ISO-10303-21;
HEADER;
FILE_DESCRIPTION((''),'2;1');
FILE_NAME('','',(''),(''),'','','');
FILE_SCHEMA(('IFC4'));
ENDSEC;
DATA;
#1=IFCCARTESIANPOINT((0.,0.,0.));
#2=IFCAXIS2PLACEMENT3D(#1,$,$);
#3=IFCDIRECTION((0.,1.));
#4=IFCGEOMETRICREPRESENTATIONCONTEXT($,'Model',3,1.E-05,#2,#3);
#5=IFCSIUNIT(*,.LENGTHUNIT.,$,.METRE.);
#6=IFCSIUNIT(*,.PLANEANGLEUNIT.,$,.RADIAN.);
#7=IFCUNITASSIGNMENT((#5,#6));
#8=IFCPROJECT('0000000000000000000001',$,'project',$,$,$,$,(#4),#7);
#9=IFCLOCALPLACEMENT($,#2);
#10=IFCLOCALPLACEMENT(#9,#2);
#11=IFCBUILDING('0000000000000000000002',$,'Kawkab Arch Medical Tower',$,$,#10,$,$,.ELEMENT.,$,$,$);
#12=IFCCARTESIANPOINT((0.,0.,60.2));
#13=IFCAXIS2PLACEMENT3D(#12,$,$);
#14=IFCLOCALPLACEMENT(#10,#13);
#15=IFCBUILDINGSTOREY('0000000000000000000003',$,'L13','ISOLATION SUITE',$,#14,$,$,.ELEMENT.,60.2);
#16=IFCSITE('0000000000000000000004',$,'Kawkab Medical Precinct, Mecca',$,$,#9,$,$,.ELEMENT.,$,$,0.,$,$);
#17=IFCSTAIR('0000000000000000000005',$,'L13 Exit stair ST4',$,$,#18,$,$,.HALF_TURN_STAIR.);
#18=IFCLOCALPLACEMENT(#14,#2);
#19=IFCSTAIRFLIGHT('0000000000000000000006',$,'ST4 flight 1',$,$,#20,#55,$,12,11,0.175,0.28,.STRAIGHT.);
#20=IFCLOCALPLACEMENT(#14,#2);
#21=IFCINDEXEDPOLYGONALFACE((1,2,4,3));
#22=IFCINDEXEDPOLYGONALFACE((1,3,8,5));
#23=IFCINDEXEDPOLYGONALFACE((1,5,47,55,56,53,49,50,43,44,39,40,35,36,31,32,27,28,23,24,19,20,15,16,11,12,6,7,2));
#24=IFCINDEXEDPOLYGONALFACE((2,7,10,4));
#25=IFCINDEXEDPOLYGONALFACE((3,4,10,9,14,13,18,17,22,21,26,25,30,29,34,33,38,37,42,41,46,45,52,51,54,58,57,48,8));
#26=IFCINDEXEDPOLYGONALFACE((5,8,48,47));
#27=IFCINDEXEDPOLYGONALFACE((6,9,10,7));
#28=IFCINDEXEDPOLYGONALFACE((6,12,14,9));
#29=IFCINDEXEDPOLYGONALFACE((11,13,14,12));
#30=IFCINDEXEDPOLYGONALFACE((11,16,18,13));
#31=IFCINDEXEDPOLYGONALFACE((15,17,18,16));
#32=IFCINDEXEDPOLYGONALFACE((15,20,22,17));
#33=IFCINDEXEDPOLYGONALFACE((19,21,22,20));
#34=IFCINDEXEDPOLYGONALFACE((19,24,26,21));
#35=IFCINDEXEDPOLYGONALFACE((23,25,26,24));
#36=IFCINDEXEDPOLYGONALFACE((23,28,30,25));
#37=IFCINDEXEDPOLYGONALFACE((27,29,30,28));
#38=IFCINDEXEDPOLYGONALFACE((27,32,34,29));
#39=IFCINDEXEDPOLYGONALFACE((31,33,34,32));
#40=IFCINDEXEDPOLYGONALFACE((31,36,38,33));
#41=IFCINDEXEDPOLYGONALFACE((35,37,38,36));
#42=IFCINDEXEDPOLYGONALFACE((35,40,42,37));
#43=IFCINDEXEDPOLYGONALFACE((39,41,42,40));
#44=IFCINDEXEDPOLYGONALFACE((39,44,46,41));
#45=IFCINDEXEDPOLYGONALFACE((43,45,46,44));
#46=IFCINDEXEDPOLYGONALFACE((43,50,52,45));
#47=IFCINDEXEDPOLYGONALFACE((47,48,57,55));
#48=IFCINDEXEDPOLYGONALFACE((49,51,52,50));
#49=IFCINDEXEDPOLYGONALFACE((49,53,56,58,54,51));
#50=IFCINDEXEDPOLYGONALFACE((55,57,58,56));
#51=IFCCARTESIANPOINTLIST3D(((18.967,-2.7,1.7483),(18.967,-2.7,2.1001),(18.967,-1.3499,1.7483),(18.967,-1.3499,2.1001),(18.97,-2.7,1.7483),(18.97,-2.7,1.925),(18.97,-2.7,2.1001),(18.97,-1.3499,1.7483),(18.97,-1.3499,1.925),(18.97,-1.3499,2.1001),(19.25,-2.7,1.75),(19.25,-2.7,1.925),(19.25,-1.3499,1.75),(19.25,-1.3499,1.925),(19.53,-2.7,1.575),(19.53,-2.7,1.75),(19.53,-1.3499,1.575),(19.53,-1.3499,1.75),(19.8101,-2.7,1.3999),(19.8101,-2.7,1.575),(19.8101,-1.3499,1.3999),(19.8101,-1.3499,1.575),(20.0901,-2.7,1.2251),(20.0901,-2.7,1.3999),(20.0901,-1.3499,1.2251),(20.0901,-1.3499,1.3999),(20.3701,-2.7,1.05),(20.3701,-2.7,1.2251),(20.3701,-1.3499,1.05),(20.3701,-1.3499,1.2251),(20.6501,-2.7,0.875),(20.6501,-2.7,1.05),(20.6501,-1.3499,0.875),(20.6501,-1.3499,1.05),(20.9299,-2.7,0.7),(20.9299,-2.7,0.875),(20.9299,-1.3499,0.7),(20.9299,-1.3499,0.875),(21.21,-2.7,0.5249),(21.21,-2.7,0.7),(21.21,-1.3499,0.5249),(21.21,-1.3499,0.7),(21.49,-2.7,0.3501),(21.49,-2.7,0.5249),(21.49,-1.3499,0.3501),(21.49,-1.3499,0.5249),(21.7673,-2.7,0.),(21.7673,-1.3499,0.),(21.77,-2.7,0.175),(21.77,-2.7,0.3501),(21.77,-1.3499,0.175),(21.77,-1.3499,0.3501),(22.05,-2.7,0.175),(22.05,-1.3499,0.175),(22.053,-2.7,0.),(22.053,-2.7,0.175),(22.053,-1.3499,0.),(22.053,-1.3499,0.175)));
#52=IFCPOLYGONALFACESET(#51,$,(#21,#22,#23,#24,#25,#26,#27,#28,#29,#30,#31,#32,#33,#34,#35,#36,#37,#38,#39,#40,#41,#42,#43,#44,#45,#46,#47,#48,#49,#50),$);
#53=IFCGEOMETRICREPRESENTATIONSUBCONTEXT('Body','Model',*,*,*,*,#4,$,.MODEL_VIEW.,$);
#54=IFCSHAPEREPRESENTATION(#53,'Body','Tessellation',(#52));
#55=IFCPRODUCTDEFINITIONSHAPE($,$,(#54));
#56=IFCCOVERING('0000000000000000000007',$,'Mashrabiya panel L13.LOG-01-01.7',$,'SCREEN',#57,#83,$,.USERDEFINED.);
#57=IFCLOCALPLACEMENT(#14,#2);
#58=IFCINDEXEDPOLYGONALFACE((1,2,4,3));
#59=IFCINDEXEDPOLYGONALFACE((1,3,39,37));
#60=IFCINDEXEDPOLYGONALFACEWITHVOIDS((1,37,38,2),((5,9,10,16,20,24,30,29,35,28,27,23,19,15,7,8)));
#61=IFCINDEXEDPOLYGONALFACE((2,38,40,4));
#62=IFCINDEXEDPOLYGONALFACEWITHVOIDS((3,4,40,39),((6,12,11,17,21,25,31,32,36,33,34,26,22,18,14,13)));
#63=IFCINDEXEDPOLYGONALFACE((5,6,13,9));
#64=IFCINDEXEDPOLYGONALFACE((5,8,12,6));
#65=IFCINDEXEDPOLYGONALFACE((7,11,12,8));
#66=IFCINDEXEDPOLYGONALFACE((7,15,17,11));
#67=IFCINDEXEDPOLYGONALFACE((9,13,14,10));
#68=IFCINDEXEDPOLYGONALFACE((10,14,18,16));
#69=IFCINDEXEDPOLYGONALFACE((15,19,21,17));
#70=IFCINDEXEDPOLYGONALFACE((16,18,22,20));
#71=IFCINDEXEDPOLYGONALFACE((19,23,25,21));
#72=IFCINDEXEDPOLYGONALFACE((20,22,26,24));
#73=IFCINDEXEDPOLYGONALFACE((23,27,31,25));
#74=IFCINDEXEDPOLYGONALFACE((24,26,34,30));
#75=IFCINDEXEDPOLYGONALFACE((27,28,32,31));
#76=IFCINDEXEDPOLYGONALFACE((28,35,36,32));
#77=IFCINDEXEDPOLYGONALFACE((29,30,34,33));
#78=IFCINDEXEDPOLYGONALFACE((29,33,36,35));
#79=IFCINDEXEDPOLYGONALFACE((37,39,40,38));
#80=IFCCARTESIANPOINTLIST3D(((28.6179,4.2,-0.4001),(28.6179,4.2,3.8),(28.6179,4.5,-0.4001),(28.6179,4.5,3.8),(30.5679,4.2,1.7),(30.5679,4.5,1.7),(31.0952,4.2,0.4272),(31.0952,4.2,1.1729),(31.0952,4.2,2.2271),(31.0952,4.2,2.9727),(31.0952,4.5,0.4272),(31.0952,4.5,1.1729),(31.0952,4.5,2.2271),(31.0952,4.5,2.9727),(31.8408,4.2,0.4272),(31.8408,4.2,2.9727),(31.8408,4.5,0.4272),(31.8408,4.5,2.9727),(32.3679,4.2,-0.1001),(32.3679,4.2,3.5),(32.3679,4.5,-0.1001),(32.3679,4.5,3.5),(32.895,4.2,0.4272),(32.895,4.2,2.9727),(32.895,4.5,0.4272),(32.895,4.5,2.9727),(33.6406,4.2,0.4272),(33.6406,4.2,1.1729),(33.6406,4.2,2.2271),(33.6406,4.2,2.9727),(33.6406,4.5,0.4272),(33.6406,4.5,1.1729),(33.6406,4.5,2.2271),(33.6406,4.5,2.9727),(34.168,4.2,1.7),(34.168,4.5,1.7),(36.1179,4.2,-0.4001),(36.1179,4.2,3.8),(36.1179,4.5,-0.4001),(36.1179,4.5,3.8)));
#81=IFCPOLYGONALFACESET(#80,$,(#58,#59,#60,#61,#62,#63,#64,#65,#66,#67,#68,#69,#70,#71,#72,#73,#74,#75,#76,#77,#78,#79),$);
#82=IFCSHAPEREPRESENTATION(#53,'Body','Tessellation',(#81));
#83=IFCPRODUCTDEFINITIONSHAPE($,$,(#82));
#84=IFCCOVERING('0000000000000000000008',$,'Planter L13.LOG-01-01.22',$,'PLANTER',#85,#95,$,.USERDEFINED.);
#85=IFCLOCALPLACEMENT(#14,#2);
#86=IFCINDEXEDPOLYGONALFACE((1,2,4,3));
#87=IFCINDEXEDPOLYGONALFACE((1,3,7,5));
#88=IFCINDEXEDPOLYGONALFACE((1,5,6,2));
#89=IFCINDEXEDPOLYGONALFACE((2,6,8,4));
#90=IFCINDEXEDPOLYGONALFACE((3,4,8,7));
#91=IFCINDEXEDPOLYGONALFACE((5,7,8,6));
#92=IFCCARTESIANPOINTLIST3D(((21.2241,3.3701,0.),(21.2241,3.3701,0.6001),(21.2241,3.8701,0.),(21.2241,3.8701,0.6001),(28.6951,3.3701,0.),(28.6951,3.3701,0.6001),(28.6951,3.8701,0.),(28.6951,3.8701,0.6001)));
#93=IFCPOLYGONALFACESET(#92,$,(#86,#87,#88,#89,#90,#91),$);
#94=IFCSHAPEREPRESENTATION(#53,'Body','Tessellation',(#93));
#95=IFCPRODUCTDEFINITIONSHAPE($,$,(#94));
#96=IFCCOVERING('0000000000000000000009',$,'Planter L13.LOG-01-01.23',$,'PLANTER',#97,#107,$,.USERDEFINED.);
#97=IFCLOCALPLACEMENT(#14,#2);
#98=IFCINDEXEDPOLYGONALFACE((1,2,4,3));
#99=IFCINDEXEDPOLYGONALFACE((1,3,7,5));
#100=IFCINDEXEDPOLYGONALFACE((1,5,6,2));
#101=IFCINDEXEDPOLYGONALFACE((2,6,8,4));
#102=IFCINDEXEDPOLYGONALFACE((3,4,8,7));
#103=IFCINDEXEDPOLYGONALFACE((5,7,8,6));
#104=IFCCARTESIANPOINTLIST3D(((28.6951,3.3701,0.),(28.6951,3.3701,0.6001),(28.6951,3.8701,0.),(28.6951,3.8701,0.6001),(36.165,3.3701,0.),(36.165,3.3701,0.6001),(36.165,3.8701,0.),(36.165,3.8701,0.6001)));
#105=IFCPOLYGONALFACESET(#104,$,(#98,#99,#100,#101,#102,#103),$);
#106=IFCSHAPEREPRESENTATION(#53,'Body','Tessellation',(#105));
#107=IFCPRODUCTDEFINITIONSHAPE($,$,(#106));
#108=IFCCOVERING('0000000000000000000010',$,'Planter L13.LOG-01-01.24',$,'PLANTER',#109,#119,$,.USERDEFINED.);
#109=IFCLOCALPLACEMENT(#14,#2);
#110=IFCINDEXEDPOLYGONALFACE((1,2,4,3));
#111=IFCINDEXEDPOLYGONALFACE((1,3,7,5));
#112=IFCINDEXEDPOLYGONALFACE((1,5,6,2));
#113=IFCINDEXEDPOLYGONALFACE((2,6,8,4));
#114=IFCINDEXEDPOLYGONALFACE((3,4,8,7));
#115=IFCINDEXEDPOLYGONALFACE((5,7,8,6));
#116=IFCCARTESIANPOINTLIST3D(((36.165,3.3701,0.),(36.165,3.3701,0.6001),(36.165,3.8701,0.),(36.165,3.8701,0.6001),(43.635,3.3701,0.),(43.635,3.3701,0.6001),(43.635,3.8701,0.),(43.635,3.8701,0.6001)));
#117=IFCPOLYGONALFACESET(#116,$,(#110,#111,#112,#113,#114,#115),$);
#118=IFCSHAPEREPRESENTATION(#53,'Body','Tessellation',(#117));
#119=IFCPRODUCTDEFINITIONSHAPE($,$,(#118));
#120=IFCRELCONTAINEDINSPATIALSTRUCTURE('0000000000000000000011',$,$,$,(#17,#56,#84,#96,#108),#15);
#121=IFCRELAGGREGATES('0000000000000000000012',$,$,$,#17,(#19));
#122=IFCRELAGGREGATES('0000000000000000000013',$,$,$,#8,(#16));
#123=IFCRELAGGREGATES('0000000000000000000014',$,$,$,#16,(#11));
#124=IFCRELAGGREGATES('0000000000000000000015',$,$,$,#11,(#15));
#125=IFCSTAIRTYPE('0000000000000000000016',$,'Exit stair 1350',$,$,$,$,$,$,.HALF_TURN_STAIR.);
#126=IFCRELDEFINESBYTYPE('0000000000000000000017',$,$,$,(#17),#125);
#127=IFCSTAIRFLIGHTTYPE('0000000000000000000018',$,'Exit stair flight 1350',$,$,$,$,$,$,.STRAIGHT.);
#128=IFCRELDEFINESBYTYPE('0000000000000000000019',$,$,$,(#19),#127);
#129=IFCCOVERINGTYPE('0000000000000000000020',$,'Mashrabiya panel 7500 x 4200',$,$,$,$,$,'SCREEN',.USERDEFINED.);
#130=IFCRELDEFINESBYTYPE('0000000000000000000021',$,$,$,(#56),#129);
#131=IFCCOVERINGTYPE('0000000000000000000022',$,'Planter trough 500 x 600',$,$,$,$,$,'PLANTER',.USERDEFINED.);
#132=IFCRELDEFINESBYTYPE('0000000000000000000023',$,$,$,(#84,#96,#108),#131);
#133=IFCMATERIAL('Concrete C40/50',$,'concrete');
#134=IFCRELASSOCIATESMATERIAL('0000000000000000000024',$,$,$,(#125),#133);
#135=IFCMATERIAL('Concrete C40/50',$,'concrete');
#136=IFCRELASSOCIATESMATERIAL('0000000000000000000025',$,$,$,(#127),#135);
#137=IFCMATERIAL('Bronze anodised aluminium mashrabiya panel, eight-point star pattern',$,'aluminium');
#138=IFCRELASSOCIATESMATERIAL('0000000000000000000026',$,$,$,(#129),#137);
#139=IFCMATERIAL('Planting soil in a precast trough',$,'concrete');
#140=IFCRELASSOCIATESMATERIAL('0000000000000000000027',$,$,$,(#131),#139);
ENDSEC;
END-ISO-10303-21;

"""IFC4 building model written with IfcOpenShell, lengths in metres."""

from ifc_helpers import new_model, si_unit, direction, frame, origin, origin_2d, place, context, subcontext, project, spatial, polyline, rectangle, outline, extrude, material, material_profile, profile_set, type_object, element, aggregate, save


model = new_model("IFC4")

# Units and contexts
model_context = context("Model", 3, precision=1e-05, world=origin(), true_north=direction((0.0, 1.0)))
body_context = subcontext(model_context, "Body", "Model", "MODEL_VIEW")
ifc_project = project(units=[si_unit("LENGTHUNIT", "METRE"), si_unit("PLANEANGLEUNIT", "RADIAN")], contexts=[model_context])

# Site, building, storey
site_placement = place(None, origin())
site = spatial("IfcSite", under=ifc_project, at=site_placement, Name="Kawkab Medical Precinct, Mecca", CompositionType="ELEMENT", RefElevation=0.0)
building_placement = place(site_placement, origin())
building = spatial("IfcBuilding", under=site, at=building_placement, Name="Kawkab Arch Medical Tower", CompositionType="ELEMENT")
storey_placement = place(building_placement, frame((0.0, 0.0, 60.2)))
storey = spatial("IfcBuildingStorey", under=building, at=storey_placement, Name="L13", Description="ISOLATION SUITE", CompositionType="ELEMENT", Elevation=60.2)

# Shared definitions
placement = place(storey_placement, origin())

# Stair, stair flight
ifc_material_1 = material(Name="Concrete C40/50", Category="concrete")
stair_type = type_object("IfcStairType", Name="Exit stair 1350", PredefinedType="HALF_TURN_STAIR", material=ifc_material_1)
stair = element("IfcStair", 1, at=placement, inside=storey, type_object=stair_type, Name="L13 Exit stair ST4", PredefinedType="HALF_TURN_STAIR")
ifc_material_2 = material(Name="Concrete C40/50", Category="concrete")
stair_flight_type = type_object("IfcStairFlightType", Name="Exit stair flight 1350", PredefinedType="STRAIGHT", material=ifc_material_2)
stair_flight_placement = place(storey_placement, frame((22.05, -2.0249, 0.0), z_axis=(0.0, 0.0, 1.0), x_axis=(-1.0, 0.0, 0.0)))
stair_flight = element("IfcStairFlight", 2, at=stair_flight_placement, type_object=stair_flight_type, Name="ST4 flight 1", NumberOfRisers=12, NumberOfTreads=11, PredefinedType="STRAIGHT", RiserHeight=0.175, TreadLength=0.28, context=body_context, shape_type="SweptSolid", body=[
    extrude(outline(polyline([(-0.0029, 0.0), (-0.0029, 0.175), (0.0, 0.175), (0.28, 0.175), (0.28, 0.3501), (0.5601, 0.3501), (0.5601, 0.5249), (0.8401, 0.5249), (0.8401, 0.7), (1.1201, 0.7), (1.1201, 0.875), (1.3999, 0.875), (1.3999, 1.05), (1.6799, 1.05), (1.6799, 1.2251), (1.96, 1.2251), (1.96, 1.3999), (2.24, 1.3999), (2.24, 1.575), (2.52, 1.575), (2.52, 1.75), (2.8, 1.75), (2.8, 1.925), (3.0801, 1.925), (3.0801, 2.1001), (3.083, 2.1001), (3.083, 1.7483), (3.0801, 1.7483), (0.2827, 0.0), (-0.0029, 0.0)])), frame((0.0, 0.675, 0.0), z_axis=(0.0, -1.0, 0.0), x_axis=(1.0, 0.0, 0.0)), (0.0, 0.0, 1.0), 1.3501),
])
aggregate(stair, [stair_flight])

# Coverings
ifc_material_3 = material(Name="Bronze anodised aluminium mashrabiya panel, eight-point star pattern", Category="aluminium")
ifc_material_profile_1 = material_profile(ifc_material_3, outline(polyline([(-3.75, -2.1001), (3.75, -2.1001), (3.75, 2.1001), (-3.75, 2.1001), (-3.75, -2.1001)]), holes=[polyline([(1.8, 0.0), (1.2727, 0.5271), (1.2727, 1.2727), (0.5271, 1.2727), (0.0, 1.8), (-0.5271, 1.2727), (-1.2727, 1.2727), (-1.2727, 0.5271), (-1.8, 0.0), (-1.2727, -0.5271), (-1.2727, -1.2727), (-0.5271, -1.2727), (0.0, -1.8), (0.5271, -1.2727), (1.2727, -1.2727), (1.2727, -0.5271), (1.8, 0.0)])]), Name="Mashrabiya panel 7500x4200")
ifc_profile_set_1 = profile_set([ifc_material_profile_1], Name="Bronze anodised aluminium mashrabiya panel, eight-point star pattern")
covering_type_1 = type_object("IfcCoveringType", Name="Mashrabiya panel 7500 x 4200", ElementType="SCREEN", PredefinedType="USERDEFINED", material=ifc_profile_set_1)
covering_1_placement = place(storey_placement, frame((32.3679, 4.2, 1.7), z_axis=(0.0, 1.0, 0.0), x_axis=(-1.0, 0.0, 0.0)))
element("IfcCovering", 3, at=covering_1_placement, inside=storey, type_object=covering_type_1, Name="Mashrabiya panel L13.LOG-01-01.7", ObjectType="SCREEN", PredefinedType="USERDEFINED", context=body_context, shape_type="SweptSolid", body=[
    extrude(outline(polyline([(-3.75, -2.1001), (3.75, -2.1001), (3.75, 2.1001), (-3.75, 2.1001), (-3.75, -2.1001)]), holes=[polyline([(1.8, 0.0), (1.2727, 0.5271), (1.2727, 1.2727), (0.5271, 1.2727), (0.0, 1.8), (-0.5271, 1.2727), (-1.2727, 1.2727), (-1.2727, 0.5271), (-1.8, 0.0), (-1.2727, -0.5271), (-1.2727, -1.2727), (-0.5271, -1.2727), (0.0, -1.8), (0.5271, -1.2727), (1.2727, -1.2727), (1.2727, -0.5271), (1.8, 0.0)])]), origin(), (0.0, 0.0, 1.0), 0.3),
])
ifc_material_4 = material(Name="Planting soil in a precast trough", Category="concrete")
ifc_material_profile_2 = material_profile(ifc_material_4, rectangle(XDim=0.5, YDim=0.6001, at=origin_2d()), Name="Trough 500x600")
ifc_profile_set_2 = profile_set([ifc_material_profile_2], Name="Planting soil in a precast trough")
covering_type_2 = type_object("IfcCoveringType", Name="Planter trough 500 x 600", ElementType="PLANTER", PredefinedType="USERDEFINED", material=ifc_profile_set_2)
covering_2_placement = place(storey_placement, frame((21.2241, 3.6201, 0.3), z_axis=(1.0, 0.0, 0.0), x_axis=(0.0, 1.0, 0.0)))
element("IfcCovering", 4, at=covering_2_placement, inside=storey, type_object=covering_type_2, Name="Planter L13.LOG-01-01.22", ObjectType="PLANTER", PredefinedType="USERDEFINED", context=body_context, shape_type="SweptSolid", body=[
    extrude(rectangle(XDim=0.5, YDim=0.6001, at=origin_2d()), origin(), (0.0, 0.0, 1.0), 7.4709),
])
for number, where, z_axis, x_axis, name in (
    (5, (28.6951, 3.6201, 0.3), (1.0, 0.0, 0.0), (0.0, 1.0, 0.0), "Planter L13.LOG-01-01.23"),
    (6, (36.165, 3.6201, 0.3), (1.0, 0.0, 0.0), (0.0, 1.0, 0.0), "Planter L13.LOG-01-01.24"),
):
    element("IfcCovering", number, at=place(storey_placement, frame(where, z_axis=z_axis, x_axis=x_axis)), inside=storey, type_object=covering_type_2, Name=name, ObjectType="PLANTER", PredefinedType="USERDEFINED", context=body_context, shape_type="SweptSolid", body=[
        extrude(rectangle(XDim=0.5, YDim=0.6001, at=origin_2d()), origin(), (0.0, 0.0, 1.0), 7.47),
    ])

save(model, "model.ifc")
